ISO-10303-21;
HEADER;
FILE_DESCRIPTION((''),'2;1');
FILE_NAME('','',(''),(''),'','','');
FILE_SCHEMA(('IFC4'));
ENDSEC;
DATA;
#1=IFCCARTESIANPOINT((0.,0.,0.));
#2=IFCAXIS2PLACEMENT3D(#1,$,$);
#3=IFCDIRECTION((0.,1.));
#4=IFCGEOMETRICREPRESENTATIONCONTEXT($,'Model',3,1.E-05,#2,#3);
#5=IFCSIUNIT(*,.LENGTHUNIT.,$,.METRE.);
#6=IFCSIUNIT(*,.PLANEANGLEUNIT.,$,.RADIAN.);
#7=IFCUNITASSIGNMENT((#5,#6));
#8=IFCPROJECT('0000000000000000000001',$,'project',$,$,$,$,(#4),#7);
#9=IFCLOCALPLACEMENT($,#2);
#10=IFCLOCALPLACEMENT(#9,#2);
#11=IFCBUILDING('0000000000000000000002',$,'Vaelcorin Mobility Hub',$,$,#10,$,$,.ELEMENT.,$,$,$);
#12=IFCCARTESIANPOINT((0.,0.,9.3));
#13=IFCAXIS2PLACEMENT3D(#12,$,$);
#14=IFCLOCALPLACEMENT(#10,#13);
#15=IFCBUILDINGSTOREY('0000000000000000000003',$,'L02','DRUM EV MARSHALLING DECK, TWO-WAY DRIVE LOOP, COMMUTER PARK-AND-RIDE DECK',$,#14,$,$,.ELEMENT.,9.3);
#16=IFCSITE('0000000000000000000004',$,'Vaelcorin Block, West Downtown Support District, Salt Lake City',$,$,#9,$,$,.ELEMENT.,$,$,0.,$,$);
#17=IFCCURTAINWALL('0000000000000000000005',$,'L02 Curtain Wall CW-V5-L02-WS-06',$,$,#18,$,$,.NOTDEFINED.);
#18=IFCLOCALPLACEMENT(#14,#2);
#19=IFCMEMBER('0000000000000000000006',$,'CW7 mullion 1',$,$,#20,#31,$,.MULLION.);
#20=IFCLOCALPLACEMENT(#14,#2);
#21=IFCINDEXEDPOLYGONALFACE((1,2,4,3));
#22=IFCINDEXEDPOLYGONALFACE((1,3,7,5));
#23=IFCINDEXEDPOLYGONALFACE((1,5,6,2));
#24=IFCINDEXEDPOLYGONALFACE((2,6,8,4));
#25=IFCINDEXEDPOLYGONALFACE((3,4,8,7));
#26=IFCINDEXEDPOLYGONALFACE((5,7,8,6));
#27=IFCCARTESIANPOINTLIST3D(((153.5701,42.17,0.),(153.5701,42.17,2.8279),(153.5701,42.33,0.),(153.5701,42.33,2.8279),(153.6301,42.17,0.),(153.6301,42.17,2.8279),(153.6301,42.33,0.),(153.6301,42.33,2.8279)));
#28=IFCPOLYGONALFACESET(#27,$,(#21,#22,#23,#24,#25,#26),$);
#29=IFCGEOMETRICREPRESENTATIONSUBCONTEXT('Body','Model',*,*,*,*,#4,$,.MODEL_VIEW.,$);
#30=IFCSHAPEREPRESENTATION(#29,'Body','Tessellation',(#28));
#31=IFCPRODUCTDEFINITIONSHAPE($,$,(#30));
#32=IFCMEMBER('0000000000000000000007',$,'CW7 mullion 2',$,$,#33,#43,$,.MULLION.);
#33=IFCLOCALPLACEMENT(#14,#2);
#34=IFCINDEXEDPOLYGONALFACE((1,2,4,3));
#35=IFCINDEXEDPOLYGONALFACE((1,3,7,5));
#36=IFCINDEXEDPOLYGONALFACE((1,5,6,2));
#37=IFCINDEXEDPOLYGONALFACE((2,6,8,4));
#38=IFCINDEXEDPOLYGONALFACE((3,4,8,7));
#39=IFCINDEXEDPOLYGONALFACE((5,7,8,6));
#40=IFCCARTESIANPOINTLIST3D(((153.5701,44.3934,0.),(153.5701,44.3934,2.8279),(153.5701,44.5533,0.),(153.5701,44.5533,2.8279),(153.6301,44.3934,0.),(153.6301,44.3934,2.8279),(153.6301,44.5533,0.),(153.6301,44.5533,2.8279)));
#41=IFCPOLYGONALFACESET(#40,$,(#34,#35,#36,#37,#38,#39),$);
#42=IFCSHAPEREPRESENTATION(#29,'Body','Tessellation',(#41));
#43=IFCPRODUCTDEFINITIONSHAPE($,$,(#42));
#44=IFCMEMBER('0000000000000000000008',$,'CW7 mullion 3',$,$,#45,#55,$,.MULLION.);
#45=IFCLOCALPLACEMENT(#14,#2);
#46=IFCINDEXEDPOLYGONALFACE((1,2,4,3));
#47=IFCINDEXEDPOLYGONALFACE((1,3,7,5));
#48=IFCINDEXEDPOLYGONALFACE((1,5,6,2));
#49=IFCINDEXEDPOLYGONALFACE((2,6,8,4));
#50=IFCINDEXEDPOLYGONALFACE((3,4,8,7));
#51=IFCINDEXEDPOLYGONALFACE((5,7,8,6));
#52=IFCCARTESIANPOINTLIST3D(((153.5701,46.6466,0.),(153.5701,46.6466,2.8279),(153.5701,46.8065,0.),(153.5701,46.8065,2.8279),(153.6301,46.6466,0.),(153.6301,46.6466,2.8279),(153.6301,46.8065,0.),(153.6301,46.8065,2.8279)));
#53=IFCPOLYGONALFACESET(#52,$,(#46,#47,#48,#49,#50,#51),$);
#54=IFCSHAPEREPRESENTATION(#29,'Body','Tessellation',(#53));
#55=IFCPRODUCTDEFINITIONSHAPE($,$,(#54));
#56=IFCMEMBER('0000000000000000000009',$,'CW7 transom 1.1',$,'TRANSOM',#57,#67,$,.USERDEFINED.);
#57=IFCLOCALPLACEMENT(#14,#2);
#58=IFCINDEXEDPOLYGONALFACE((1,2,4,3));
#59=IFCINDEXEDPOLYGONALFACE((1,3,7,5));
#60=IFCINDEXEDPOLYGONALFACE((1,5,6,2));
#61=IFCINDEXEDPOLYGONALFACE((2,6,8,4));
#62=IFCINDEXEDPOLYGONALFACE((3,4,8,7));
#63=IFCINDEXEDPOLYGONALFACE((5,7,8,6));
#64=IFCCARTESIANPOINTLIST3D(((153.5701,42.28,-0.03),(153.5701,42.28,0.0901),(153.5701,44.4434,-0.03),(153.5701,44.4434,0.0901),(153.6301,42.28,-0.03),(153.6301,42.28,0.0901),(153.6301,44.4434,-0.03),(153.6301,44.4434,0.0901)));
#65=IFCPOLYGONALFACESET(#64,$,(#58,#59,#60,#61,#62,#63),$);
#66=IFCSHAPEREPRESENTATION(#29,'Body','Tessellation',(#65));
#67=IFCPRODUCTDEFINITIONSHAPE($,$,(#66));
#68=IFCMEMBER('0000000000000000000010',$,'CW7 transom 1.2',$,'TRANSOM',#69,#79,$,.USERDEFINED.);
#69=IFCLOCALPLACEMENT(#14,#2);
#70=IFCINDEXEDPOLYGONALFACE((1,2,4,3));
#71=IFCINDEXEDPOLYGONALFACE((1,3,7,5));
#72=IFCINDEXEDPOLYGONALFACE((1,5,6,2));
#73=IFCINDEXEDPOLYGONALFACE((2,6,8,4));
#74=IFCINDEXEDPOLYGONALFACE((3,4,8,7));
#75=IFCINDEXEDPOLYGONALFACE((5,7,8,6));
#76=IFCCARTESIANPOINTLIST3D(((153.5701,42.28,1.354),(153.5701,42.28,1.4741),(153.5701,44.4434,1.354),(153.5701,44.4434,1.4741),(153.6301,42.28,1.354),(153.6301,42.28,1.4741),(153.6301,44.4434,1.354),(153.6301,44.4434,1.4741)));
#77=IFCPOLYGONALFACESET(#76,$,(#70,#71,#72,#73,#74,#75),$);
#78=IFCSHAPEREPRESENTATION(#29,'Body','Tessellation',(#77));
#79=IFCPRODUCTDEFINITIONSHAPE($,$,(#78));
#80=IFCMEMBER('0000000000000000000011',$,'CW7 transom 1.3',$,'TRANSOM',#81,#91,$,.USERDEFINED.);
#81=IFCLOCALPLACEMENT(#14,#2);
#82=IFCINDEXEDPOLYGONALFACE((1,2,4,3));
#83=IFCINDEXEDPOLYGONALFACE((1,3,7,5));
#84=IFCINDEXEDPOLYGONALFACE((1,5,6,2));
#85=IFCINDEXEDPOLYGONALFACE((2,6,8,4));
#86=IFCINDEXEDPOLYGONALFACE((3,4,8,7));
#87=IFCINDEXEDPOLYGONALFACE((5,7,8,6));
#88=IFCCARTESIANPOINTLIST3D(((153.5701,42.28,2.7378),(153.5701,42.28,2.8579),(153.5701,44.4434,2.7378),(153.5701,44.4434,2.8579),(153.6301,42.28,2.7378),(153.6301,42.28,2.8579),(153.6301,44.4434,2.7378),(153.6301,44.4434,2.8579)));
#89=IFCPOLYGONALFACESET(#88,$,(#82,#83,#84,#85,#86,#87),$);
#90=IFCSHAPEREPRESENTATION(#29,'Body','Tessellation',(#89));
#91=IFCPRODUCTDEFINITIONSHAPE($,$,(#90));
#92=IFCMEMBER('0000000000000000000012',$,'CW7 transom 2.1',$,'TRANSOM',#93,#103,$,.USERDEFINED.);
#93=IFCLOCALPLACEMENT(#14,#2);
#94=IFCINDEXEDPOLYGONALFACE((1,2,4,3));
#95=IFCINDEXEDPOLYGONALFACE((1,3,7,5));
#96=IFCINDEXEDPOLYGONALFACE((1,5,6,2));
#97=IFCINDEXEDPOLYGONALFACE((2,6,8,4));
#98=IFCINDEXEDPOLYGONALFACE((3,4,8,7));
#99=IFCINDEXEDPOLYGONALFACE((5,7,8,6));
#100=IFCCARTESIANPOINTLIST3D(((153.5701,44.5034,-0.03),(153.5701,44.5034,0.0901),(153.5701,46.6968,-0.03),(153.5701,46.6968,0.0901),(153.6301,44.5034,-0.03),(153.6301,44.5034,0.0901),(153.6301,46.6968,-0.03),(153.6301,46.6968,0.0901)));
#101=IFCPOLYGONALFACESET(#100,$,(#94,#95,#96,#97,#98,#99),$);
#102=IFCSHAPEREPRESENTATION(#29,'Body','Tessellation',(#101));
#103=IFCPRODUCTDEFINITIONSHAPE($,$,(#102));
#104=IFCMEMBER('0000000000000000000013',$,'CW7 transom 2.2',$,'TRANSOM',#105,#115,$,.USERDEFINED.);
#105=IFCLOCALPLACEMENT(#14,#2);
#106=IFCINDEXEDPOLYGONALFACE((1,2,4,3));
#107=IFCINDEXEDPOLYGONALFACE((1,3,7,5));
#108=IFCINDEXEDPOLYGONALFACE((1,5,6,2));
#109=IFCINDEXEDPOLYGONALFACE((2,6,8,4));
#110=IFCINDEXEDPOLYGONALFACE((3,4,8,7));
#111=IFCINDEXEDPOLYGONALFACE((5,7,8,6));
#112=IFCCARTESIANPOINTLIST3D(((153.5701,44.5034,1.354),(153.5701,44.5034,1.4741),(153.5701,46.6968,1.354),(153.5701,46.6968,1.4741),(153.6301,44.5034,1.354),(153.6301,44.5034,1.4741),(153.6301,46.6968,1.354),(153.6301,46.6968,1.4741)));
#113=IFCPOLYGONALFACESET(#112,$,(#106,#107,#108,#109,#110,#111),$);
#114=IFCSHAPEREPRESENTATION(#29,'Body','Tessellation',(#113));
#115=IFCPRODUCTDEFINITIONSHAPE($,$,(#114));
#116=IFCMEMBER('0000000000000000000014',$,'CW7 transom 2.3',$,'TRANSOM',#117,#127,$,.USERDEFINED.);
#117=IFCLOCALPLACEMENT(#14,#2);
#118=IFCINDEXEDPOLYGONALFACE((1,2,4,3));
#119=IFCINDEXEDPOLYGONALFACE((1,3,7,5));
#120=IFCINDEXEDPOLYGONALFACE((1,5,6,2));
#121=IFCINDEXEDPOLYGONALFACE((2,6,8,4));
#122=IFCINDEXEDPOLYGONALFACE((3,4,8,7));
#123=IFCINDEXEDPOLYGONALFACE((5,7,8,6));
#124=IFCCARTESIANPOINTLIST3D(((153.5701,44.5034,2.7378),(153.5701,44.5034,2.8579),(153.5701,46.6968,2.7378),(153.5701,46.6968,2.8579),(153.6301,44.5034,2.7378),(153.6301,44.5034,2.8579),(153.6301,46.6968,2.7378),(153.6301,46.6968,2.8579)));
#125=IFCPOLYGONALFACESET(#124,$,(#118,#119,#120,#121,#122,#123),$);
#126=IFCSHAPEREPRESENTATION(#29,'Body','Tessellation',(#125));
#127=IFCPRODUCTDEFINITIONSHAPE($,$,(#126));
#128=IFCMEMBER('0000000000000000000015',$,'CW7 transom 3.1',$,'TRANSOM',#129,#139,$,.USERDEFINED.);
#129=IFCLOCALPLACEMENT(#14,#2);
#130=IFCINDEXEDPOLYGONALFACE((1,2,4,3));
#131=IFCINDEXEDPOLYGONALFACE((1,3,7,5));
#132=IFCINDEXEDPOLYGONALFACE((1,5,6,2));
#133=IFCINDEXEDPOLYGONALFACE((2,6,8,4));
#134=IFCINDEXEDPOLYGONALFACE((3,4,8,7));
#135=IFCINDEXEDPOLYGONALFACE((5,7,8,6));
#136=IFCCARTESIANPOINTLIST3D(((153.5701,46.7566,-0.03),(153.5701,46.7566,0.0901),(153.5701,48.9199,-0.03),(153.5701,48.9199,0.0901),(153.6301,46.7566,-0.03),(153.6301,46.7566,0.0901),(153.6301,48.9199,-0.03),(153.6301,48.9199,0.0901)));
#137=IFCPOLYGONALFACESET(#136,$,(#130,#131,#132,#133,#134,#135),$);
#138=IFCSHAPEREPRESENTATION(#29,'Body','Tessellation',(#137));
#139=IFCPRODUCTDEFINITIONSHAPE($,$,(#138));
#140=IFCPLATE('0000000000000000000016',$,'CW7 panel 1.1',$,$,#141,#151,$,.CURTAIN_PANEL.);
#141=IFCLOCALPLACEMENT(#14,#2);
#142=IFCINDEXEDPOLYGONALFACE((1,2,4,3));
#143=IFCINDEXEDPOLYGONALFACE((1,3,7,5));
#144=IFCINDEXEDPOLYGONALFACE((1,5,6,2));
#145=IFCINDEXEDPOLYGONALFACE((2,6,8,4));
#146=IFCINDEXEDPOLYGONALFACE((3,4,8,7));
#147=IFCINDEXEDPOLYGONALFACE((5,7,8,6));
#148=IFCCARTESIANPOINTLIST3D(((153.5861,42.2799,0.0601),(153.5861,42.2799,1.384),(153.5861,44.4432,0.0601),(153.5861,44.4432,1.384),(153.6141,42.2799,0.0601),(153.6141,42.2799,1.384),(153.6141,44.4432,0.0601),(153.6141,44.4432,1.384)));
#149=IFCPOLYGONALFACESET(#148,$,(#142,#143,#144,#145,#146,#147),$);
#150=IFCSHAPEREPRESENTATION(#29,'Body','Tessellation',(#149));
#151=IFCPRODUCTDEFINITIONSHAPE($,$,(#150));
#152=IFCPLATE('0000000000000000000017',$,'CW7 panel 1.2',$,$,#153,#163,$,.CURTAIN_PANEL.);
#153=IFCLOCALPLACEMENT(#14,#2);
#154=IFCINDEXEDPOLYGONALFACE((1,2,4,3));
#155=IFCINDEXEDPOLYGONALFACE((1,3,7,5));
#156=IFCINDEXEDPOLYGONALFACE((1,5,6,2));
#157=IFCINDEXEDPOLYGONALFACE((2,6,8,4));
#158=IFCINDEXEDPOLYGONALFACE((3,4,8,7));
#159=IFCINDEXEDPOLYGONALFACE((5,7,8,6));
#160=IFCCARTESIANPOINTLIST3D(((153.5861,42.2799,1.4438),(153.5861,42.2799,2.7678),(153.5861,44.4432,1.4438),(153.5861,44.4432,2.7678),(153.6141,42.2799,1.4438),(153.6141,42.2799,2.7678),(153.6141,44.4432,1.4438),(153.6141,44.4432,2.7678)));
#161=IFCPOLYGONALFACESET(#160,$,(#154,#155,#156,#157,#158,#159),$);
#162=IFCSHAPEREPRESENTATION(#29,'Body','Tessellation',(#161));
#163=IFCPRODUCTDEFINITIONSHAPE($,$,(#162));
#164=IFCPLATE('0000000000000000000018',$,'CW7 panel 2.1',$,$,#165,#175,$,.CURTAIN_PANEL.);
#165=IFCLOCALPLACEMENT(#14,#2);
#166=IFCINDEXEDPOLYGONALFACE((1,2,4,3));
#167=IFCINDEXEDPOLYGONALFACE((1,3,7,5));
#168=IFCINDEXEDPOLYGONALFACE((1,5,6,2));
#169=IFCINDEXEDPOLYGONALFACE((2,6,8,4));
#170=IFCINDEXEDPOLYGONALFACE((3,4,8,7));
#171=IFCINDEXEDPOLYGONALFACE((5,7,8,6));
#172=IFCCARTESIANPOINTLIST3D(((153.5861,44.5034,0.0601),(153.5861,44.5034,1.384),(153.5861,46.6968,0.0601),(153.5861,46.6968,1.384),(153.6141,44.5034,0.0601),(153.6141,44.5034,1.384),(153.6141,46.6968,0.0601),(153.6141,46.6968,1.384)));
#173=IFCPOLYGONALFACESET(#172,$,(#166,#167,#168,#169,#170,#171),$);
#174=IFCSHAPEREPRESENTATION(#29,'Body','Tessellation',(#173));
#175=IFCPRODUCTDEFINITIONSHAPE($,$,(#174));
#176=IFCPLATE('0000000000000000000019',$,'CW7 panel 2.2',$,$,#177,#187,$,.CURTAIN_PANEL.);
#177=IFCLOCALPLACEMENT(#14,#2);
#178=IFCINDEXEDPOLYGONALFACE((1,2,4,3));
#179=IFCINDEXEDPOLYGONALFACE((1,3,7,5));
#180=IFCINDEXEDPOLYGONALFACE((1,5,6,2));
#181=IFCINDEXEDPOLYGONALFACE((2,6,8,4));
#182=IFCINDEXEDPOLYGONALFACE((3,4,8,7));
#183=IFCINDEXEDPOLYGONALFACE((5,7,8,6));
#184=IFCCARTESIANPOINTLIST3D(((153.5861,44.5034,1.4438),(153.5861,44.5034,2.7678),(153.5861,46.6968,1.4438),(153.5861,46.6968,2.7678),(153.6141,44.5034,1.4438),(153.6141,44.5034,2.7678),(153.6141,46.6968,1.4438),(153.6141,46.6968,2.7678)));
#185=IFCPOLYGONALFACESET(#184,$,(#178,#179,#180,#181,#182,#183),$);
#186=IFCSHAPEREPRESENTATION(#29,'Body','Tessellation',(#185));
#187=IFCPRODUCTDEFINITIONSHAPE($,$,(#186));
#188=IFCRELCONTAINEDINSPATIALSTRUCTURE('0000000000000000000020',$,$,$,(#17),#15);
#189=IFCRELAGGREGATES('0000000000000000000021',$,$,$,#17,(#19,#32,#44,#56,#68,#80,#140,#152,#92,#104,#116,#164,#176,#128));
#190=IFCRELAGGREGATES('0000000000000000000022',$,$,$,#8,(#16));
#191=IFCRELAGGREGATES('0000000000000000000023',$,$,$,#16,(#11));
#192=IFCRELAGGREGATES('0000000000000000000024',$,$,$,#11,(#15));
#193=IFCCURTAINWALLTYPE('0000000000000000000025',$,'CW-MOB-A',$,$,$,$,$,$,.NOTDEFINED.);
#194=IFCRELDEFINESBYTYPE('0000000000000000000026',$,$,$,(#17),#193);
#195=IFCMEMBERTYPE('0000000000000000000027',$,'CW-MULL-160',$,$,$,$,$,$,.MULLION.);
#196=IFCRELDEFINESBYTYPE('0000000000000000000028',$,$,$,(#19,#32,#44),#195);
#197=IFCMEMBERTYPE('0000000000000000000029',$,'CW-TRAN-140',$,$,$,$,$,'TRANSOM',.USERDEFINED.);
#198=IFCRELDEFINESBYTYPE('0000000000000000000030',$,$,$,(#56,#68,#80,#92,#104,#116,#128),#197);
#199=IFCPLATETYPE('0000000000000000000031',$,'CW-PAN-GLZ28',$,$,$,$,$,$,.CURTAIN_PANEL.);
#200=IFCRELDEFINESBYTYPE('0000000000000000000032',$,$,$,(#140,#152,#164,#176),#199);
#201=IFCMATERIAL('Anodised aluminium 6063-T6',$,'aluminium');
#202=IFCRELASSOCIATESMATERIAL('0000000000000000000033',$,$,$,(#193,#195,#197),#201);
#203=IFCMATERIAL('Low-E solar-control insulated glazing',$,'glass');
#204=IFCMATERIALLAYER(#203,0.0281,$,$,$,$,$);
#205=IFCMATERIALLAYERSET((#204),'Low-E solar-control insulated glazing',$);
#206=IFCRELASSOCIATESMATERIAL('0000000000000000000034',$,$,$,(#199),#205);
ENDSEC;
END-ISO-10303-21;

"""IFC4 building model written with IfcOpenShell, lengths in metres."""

from ifc_helpers import new_model, si_unit, direction, frame, origin, origin_2d, place, context, subcontext, project, spatial, rectangle, extrude, material, layer, layer_set, material_profile, profile_set, type_object, element, aggregate, save


model = new_model("IFC4")

# Units and contexts
model_context = context("Model", 3, precision=1e-05, world=origin(), true_north=direction((0.0, 1.0)))
body_context = subcontext(model_context, "Body", "Model", "MODEL_VIEW")
ifc_project = project(units=[si_unit("LENGTHUNIT", "METRE"), si_unit("PLANEANGLEUNIT", "RADIAN")], contexts=[model_context])

# Site, building, storey
site_placement = place(None, origin())
site = spatial("IfcSite", under=ifc_project, at=site_placement, Name="Vaelcorin Block, West Downtown Support District, Salt Lake City", CompositionType="ELEMENT", RefElevation=0.0)
building_placement = place(site_placement, origin())
building = spatial("IfcBuilding", under=site, at=building_placement, Name="Vaelcorin Mobility Hub", CompositionType="ELEMENT")
storey_placement = place(building_placement, frame((0.0, 0.0, 9.3)))
storey = spatial("IfcBuildingStorey", under=building, at=storey_placement, Name="L02", Description="DRUM EV MARSHALLING DECK, TWO-WAY DRIVE LOOP, COMMUTER PARK-AND-RIDE DECK", CompositionType="ELEMENT", Elevation=9.3)

# Curtain wall, members, plates
ifc_material_1 = material(Name="Anodised aluminium 6063-T6", Category="aluminium")
curtain_wall_type = type_object("IfcCurtainWallType", Name="CW-MOB-A", PredefinedType="NOTDEFINED", material=ifc_material_1)
curtain_wall_placement = place(storey_placement, origin())
curtain_wall = element("IfcCurtainWall", 1, at=curtain_wall_placement, inside=storey, type_object=curtain_wall_type, Name="L02 Curtain Wall CW-V5-L02-WS-06", PredefinedType="NOTDEFINED")
ifc_material_profile_1 = material_profile(ifc_material_1, rectangle(XDim=0.0601, YDim=0.1599, at=origin_2d()), Name="ALU-M60X160")
ifc_profile_set_1 = profile_set([ifc_material_profile_1], Name="Anodised aluminium 6063-T6")
member_type_1 = type_object("IfcMemberType", Name="CW-MULL-160", PredefinedType="MULLION", material=ifc_profile_set_1)
member_1_placement = place(storey_placement, frame((153.6001, 42.25, 0.0), z_axis=(0.0, 0.0, 1.0), x_axis=(-1.0, 0.0, 0.0)))
member_1 = element("IfcMember", 2, at=member_1_placement, type_object=member_type_1, Name="CW7 mullion 1", PredefinedType="MULLION", context=body_context, shape_type="SweptSolid", body=[
    extrude(rectangle(XDim=0.0601, YDim=0.1599, at=origin_2d()), origin(), (0.0, 0.0, 1.0), 2.8279),
])
member_2_placement = place(storey_placement, frame((153.6001, 44.4734, 0.0), z_axis=(0.0, 0.0, 1.0), x_axis=(-1.0, 0.0, 0.0)))
member_2 = element("IfcMember", 3, at=member_2_placement, type_object=member_type_1, Name="CW7 mullion 2", PredefinedType="MULLION", context=body_context, shape_type="SweptSolid", body=[
    extrude(rectangle(XDim=0.0601, YDim=0.1599, at=origin_2d()), origin(), (0.0, 0.0, 1.0), 2.8279),
])
member_3_placement = place(storey_placement, frame((153.6001, 46.7266, 0.0), z_axis=(0.0, 0.0, 1.0), x_axis=(-1.0, 0.0, 0.0)))
member_3 = element("IfcMember", 4, at=member_3_placement, type_object=member_type_1, Name="CW7 mullion 3", PredefinedType="MULLION", context=body_context, shape_type="SweptSolid", body=[
    extrude(rectangle(XDim=0.0601, YDim=0.1599, at=origin_2d()), origin(), (0.0, 0.0, 1.0), 2.8279),
])
ifc_material_profile_2 = material_profile(ifc_material_1, rectangle(XDim=0.0601, YDim=0.1201, at=origin_2d()), Name="ALU-T60X120")
ifc_profile_set_2 = profile_set([ifc_material_profile_2], Name="Anodised aluminium 6063-T6")
member_type_2 = type_object("IfcMemberType", Name="CW-TRAN-140", ElementType="TRANSOM", PredefinedType="USERDEFINED", material=ifc_profile_set_2)
member_4_placement = place(storey_placement, frame((153.6001, 42.28, 0.03), z_axis=(0.0, 1.0, 0.0), x_axis=(-1.0, 0.0, 0.0)))
member_4 = element("IfcMember", 5, at=member_4_placement, type_object=member_type_2, Name="CW7 transom 1.1", ObjectType="TRANSOM", PredefinedType="USERDEFINED", context=body_context, shape_type="SweptSolid", body=[
    extrude(rectangle(XDim=0.0601, YDim=0.1201, at=origin_2d()), origin(), (0.0, 0.0, 1.0), 2.1633),
])
member_5_placement = place(storey_placement, frame((153.6001, 42.28, 1.4141), z_axis=(0.0, 1.0, 0.0), x_axis=(-1.0, 0.0, 0.0)))
member_5 = element("IfcMember", 6, at=member_5_placement, type_object=member_type_2, Name="CW7 transom 1.2", ObjectType="TRANSOM", PredefinedType="USERDEFINED", context=body_context, shape_type="SweptSolid", body=[
    extrude(rectangle(XDim=0.0601, YDim=0.1201, at=origin_2d()), origin(), (0.0, 0.0, 1.0), 2.1633),
])
member_6_placement = place(storey_placement, frame((153.6001, 42.28, 2.7979), z_axis=(0.0, 1.0, 0.0), x_axis=(-1.0, 0.0, 0.0)))
member_6 = element("IfcMember", 7, at=member_6_placement, type_object=member_type_2, Name="CW7 transom 1.3", ObjectType="TRANSOM", PredefinedType="USERDEFINED", context=body_context, shape_type="SweptSolid", body=[
    extrude(rectangle(XDim=0.0601, YDim=0.1201, at=origin_2d()), origin(), (0.0, 0.0, 1.0), 2.1633),
])
member_7_placement = place(storey_placement, frame((153.6001, 44.5034, 0.03), z_axis=(0.0, 1.0, 0.0), x_axis=(-1.0, 0.0, 0.0)))
member_7 = element("IfcMember", 8, at=member_7_placement, type_object=member_type_2, Name="CW7 transom 2.1", ObjectType="TRANSOM", PredefinedType="USERDEFINED", context=body_context, shape_type="SweptSolid", body=[
    extrude(rectangle(XDim=0.0601, YDim=0.1201, at=origin_2d()), origin(), (0.0, 0.0, 1.0), 2.1934),
])
member_8_placement = place(storey_placement, frame((153.6001, 44.5034, 1.4141), z_axis=(0.0, 1.0, 0.0), x_axis=(-1.0, 0.0, 0.0)))
member_8 = element("IfcMember", 9, at=member_8_placement, type_object=member_type_2, Name="CW7 transom 2.2", ObjectType="TRANSOM", PredefinedType="USERDEFINED", context=body_context, shape_type="SweptSolid", body=[
    extrude(rectangle(XDim=0.0601, YDim=0.1201, at=origin_2d()), origin(), (0.0, 0.0, 1.0), 2.1934),
])
member_9_placement = place(storey_placement, frame((153.6001, 44.5034, 2.7979), z_axis=(0.0, 1.0, 0.0), x_axis=(-1.0, 0.0, 0.0)))
member_9 = element("IfcMember", 10, at=member_9_placement, type_object=member_type_2, Name="CW7 transom 2.3", ObjectType="TRANSOM", PredefinedType="USERDEFINED", context=body_context, shape_type="SweptSolid", body=[
    extrude(rectangle(XDim=0.0601, YDim=0.1201, at=origin_2d()), origin(), (0.0, 0.0, 1.0), 2.1934),
])
member_10_placement = place(storey_placement, frame((153.6001, 46.7566, 0.03), z_axis=(0.0, 1.0, 0.0), x_axis=(-1.0, 0.0, 0.0)))
member_10 = element("IfcMember", 11, at=member_10_placement, type_object=member_type_2, Name="CW7 transom 3.1", ObjectType="TRANSOM", PredefinedType="USERDEFINED", context=body_context, shape_type="SweptSolid", body=[
    extrude(rectangle(XDim=0.0601, YDim=0.1201, at=origin_2d()), origin(), (0.0, 0.0, 1.0), 2.1633),
])
ifc_material_2 = material(Name="Low-E solar-control insulated glazing", Category="glass")
ifc_layer = layer(ifc_material_2, 0.0281)
ifc_layer_set = layer_set([ifc_layer], Name="Low-E solar-control insulated glazing")
plate_type = type_object("IfcPlateType", Name="CW-PAN-GLZ28", PredefinedType="CURTAIN_PANEL", material=ifc_layer_set)
plate_1_placement = place(storey_placement, frame((153.6001, 43.3616, 0.0601), z_axis=(0.0, 0.0, 1.0), x_axis=(0.0, 1.0, 0.0)))
plate_1 = element("IfcPlate", 12, at=plate_1_placement, type_object=plate_type, Name="CW7 panel 1.1", PredefinedType="CURTAIN_PANEL", context=body_context, shape_type="SweptSolid", body=[
    extrude(rectangle(XDim=2.1633, YDim=0.0281, at=origin_2d()), origin(), (0.0, 0.0, 1.0), 1.324),
])
plate_2_placement = place(storey_placement, frame((153.6001, 43.3616, 1.4438), z_axis=(0.0, 0.0, 1.0), x_axis=(0.0, 1.0, 0.0)))
plate_2 = element("IfcPlate", 13, at=plate_2_placement, type_object=plate_type, Name="CW7 panel 1.2", PredefinedType="CURTAIN_PANEL", context=body_context, shape_type="SweptSolid", body=[
    extrude(rectangle(XDim=2.1633, YDim=0.0281, at=origin_2d()), origin(), (0.0, 0.0, 1.0), 1.324),
])
plate_3_placement = place(storey_placement, frame((153.6001, 45.6001, 0.0601), z_axis=(0.0, 0.0, 1.0), x_axis=(0.0, 1.0, 0.0)))
plate_3 = element("IfcPlate", 14, at=plate_3_placement, type_object=plate_type, Name="CW7 panel 2.1", PredefinedType="CURTAIN_PANEL", context=body_context, shape_type="SweptSolid", body=[
    extrude(rectangle(XDim=2.1934, YDim=0.0281, at=origin_2d()), origin(), (0.0, 0.0, 1.0), 1.324),
])
plate_4_placement = place(storey_placement, frame((153.6001, 45.6001, 1.4438), z_axis=(0.0, 0.0, 1.0), x_axis=(0.0, 1.0, 0.0)))
plate_4 = element("IfcPlate", 15, at=plate_4_placement, type_object=plate_type, Name="CW7 panel 2.2", PredefinedType="CURTAIN_PANEL", context=body_context, shape_type="SweptSolid", body=[
    extrude(rectangle(XDim=2.1934, YDim=0.0281, at=origin_2d()), origin(), (0.0, 0.0, 1.0), 1.324),
])
aggregate(curtain_wall, [member_1, member_2, member_3, member_4, member_5, member_6, plate_1, plate_2, member_7, member_8, member_9, plate_3, plate_4, member_10])

save(model, "model.ifc")
